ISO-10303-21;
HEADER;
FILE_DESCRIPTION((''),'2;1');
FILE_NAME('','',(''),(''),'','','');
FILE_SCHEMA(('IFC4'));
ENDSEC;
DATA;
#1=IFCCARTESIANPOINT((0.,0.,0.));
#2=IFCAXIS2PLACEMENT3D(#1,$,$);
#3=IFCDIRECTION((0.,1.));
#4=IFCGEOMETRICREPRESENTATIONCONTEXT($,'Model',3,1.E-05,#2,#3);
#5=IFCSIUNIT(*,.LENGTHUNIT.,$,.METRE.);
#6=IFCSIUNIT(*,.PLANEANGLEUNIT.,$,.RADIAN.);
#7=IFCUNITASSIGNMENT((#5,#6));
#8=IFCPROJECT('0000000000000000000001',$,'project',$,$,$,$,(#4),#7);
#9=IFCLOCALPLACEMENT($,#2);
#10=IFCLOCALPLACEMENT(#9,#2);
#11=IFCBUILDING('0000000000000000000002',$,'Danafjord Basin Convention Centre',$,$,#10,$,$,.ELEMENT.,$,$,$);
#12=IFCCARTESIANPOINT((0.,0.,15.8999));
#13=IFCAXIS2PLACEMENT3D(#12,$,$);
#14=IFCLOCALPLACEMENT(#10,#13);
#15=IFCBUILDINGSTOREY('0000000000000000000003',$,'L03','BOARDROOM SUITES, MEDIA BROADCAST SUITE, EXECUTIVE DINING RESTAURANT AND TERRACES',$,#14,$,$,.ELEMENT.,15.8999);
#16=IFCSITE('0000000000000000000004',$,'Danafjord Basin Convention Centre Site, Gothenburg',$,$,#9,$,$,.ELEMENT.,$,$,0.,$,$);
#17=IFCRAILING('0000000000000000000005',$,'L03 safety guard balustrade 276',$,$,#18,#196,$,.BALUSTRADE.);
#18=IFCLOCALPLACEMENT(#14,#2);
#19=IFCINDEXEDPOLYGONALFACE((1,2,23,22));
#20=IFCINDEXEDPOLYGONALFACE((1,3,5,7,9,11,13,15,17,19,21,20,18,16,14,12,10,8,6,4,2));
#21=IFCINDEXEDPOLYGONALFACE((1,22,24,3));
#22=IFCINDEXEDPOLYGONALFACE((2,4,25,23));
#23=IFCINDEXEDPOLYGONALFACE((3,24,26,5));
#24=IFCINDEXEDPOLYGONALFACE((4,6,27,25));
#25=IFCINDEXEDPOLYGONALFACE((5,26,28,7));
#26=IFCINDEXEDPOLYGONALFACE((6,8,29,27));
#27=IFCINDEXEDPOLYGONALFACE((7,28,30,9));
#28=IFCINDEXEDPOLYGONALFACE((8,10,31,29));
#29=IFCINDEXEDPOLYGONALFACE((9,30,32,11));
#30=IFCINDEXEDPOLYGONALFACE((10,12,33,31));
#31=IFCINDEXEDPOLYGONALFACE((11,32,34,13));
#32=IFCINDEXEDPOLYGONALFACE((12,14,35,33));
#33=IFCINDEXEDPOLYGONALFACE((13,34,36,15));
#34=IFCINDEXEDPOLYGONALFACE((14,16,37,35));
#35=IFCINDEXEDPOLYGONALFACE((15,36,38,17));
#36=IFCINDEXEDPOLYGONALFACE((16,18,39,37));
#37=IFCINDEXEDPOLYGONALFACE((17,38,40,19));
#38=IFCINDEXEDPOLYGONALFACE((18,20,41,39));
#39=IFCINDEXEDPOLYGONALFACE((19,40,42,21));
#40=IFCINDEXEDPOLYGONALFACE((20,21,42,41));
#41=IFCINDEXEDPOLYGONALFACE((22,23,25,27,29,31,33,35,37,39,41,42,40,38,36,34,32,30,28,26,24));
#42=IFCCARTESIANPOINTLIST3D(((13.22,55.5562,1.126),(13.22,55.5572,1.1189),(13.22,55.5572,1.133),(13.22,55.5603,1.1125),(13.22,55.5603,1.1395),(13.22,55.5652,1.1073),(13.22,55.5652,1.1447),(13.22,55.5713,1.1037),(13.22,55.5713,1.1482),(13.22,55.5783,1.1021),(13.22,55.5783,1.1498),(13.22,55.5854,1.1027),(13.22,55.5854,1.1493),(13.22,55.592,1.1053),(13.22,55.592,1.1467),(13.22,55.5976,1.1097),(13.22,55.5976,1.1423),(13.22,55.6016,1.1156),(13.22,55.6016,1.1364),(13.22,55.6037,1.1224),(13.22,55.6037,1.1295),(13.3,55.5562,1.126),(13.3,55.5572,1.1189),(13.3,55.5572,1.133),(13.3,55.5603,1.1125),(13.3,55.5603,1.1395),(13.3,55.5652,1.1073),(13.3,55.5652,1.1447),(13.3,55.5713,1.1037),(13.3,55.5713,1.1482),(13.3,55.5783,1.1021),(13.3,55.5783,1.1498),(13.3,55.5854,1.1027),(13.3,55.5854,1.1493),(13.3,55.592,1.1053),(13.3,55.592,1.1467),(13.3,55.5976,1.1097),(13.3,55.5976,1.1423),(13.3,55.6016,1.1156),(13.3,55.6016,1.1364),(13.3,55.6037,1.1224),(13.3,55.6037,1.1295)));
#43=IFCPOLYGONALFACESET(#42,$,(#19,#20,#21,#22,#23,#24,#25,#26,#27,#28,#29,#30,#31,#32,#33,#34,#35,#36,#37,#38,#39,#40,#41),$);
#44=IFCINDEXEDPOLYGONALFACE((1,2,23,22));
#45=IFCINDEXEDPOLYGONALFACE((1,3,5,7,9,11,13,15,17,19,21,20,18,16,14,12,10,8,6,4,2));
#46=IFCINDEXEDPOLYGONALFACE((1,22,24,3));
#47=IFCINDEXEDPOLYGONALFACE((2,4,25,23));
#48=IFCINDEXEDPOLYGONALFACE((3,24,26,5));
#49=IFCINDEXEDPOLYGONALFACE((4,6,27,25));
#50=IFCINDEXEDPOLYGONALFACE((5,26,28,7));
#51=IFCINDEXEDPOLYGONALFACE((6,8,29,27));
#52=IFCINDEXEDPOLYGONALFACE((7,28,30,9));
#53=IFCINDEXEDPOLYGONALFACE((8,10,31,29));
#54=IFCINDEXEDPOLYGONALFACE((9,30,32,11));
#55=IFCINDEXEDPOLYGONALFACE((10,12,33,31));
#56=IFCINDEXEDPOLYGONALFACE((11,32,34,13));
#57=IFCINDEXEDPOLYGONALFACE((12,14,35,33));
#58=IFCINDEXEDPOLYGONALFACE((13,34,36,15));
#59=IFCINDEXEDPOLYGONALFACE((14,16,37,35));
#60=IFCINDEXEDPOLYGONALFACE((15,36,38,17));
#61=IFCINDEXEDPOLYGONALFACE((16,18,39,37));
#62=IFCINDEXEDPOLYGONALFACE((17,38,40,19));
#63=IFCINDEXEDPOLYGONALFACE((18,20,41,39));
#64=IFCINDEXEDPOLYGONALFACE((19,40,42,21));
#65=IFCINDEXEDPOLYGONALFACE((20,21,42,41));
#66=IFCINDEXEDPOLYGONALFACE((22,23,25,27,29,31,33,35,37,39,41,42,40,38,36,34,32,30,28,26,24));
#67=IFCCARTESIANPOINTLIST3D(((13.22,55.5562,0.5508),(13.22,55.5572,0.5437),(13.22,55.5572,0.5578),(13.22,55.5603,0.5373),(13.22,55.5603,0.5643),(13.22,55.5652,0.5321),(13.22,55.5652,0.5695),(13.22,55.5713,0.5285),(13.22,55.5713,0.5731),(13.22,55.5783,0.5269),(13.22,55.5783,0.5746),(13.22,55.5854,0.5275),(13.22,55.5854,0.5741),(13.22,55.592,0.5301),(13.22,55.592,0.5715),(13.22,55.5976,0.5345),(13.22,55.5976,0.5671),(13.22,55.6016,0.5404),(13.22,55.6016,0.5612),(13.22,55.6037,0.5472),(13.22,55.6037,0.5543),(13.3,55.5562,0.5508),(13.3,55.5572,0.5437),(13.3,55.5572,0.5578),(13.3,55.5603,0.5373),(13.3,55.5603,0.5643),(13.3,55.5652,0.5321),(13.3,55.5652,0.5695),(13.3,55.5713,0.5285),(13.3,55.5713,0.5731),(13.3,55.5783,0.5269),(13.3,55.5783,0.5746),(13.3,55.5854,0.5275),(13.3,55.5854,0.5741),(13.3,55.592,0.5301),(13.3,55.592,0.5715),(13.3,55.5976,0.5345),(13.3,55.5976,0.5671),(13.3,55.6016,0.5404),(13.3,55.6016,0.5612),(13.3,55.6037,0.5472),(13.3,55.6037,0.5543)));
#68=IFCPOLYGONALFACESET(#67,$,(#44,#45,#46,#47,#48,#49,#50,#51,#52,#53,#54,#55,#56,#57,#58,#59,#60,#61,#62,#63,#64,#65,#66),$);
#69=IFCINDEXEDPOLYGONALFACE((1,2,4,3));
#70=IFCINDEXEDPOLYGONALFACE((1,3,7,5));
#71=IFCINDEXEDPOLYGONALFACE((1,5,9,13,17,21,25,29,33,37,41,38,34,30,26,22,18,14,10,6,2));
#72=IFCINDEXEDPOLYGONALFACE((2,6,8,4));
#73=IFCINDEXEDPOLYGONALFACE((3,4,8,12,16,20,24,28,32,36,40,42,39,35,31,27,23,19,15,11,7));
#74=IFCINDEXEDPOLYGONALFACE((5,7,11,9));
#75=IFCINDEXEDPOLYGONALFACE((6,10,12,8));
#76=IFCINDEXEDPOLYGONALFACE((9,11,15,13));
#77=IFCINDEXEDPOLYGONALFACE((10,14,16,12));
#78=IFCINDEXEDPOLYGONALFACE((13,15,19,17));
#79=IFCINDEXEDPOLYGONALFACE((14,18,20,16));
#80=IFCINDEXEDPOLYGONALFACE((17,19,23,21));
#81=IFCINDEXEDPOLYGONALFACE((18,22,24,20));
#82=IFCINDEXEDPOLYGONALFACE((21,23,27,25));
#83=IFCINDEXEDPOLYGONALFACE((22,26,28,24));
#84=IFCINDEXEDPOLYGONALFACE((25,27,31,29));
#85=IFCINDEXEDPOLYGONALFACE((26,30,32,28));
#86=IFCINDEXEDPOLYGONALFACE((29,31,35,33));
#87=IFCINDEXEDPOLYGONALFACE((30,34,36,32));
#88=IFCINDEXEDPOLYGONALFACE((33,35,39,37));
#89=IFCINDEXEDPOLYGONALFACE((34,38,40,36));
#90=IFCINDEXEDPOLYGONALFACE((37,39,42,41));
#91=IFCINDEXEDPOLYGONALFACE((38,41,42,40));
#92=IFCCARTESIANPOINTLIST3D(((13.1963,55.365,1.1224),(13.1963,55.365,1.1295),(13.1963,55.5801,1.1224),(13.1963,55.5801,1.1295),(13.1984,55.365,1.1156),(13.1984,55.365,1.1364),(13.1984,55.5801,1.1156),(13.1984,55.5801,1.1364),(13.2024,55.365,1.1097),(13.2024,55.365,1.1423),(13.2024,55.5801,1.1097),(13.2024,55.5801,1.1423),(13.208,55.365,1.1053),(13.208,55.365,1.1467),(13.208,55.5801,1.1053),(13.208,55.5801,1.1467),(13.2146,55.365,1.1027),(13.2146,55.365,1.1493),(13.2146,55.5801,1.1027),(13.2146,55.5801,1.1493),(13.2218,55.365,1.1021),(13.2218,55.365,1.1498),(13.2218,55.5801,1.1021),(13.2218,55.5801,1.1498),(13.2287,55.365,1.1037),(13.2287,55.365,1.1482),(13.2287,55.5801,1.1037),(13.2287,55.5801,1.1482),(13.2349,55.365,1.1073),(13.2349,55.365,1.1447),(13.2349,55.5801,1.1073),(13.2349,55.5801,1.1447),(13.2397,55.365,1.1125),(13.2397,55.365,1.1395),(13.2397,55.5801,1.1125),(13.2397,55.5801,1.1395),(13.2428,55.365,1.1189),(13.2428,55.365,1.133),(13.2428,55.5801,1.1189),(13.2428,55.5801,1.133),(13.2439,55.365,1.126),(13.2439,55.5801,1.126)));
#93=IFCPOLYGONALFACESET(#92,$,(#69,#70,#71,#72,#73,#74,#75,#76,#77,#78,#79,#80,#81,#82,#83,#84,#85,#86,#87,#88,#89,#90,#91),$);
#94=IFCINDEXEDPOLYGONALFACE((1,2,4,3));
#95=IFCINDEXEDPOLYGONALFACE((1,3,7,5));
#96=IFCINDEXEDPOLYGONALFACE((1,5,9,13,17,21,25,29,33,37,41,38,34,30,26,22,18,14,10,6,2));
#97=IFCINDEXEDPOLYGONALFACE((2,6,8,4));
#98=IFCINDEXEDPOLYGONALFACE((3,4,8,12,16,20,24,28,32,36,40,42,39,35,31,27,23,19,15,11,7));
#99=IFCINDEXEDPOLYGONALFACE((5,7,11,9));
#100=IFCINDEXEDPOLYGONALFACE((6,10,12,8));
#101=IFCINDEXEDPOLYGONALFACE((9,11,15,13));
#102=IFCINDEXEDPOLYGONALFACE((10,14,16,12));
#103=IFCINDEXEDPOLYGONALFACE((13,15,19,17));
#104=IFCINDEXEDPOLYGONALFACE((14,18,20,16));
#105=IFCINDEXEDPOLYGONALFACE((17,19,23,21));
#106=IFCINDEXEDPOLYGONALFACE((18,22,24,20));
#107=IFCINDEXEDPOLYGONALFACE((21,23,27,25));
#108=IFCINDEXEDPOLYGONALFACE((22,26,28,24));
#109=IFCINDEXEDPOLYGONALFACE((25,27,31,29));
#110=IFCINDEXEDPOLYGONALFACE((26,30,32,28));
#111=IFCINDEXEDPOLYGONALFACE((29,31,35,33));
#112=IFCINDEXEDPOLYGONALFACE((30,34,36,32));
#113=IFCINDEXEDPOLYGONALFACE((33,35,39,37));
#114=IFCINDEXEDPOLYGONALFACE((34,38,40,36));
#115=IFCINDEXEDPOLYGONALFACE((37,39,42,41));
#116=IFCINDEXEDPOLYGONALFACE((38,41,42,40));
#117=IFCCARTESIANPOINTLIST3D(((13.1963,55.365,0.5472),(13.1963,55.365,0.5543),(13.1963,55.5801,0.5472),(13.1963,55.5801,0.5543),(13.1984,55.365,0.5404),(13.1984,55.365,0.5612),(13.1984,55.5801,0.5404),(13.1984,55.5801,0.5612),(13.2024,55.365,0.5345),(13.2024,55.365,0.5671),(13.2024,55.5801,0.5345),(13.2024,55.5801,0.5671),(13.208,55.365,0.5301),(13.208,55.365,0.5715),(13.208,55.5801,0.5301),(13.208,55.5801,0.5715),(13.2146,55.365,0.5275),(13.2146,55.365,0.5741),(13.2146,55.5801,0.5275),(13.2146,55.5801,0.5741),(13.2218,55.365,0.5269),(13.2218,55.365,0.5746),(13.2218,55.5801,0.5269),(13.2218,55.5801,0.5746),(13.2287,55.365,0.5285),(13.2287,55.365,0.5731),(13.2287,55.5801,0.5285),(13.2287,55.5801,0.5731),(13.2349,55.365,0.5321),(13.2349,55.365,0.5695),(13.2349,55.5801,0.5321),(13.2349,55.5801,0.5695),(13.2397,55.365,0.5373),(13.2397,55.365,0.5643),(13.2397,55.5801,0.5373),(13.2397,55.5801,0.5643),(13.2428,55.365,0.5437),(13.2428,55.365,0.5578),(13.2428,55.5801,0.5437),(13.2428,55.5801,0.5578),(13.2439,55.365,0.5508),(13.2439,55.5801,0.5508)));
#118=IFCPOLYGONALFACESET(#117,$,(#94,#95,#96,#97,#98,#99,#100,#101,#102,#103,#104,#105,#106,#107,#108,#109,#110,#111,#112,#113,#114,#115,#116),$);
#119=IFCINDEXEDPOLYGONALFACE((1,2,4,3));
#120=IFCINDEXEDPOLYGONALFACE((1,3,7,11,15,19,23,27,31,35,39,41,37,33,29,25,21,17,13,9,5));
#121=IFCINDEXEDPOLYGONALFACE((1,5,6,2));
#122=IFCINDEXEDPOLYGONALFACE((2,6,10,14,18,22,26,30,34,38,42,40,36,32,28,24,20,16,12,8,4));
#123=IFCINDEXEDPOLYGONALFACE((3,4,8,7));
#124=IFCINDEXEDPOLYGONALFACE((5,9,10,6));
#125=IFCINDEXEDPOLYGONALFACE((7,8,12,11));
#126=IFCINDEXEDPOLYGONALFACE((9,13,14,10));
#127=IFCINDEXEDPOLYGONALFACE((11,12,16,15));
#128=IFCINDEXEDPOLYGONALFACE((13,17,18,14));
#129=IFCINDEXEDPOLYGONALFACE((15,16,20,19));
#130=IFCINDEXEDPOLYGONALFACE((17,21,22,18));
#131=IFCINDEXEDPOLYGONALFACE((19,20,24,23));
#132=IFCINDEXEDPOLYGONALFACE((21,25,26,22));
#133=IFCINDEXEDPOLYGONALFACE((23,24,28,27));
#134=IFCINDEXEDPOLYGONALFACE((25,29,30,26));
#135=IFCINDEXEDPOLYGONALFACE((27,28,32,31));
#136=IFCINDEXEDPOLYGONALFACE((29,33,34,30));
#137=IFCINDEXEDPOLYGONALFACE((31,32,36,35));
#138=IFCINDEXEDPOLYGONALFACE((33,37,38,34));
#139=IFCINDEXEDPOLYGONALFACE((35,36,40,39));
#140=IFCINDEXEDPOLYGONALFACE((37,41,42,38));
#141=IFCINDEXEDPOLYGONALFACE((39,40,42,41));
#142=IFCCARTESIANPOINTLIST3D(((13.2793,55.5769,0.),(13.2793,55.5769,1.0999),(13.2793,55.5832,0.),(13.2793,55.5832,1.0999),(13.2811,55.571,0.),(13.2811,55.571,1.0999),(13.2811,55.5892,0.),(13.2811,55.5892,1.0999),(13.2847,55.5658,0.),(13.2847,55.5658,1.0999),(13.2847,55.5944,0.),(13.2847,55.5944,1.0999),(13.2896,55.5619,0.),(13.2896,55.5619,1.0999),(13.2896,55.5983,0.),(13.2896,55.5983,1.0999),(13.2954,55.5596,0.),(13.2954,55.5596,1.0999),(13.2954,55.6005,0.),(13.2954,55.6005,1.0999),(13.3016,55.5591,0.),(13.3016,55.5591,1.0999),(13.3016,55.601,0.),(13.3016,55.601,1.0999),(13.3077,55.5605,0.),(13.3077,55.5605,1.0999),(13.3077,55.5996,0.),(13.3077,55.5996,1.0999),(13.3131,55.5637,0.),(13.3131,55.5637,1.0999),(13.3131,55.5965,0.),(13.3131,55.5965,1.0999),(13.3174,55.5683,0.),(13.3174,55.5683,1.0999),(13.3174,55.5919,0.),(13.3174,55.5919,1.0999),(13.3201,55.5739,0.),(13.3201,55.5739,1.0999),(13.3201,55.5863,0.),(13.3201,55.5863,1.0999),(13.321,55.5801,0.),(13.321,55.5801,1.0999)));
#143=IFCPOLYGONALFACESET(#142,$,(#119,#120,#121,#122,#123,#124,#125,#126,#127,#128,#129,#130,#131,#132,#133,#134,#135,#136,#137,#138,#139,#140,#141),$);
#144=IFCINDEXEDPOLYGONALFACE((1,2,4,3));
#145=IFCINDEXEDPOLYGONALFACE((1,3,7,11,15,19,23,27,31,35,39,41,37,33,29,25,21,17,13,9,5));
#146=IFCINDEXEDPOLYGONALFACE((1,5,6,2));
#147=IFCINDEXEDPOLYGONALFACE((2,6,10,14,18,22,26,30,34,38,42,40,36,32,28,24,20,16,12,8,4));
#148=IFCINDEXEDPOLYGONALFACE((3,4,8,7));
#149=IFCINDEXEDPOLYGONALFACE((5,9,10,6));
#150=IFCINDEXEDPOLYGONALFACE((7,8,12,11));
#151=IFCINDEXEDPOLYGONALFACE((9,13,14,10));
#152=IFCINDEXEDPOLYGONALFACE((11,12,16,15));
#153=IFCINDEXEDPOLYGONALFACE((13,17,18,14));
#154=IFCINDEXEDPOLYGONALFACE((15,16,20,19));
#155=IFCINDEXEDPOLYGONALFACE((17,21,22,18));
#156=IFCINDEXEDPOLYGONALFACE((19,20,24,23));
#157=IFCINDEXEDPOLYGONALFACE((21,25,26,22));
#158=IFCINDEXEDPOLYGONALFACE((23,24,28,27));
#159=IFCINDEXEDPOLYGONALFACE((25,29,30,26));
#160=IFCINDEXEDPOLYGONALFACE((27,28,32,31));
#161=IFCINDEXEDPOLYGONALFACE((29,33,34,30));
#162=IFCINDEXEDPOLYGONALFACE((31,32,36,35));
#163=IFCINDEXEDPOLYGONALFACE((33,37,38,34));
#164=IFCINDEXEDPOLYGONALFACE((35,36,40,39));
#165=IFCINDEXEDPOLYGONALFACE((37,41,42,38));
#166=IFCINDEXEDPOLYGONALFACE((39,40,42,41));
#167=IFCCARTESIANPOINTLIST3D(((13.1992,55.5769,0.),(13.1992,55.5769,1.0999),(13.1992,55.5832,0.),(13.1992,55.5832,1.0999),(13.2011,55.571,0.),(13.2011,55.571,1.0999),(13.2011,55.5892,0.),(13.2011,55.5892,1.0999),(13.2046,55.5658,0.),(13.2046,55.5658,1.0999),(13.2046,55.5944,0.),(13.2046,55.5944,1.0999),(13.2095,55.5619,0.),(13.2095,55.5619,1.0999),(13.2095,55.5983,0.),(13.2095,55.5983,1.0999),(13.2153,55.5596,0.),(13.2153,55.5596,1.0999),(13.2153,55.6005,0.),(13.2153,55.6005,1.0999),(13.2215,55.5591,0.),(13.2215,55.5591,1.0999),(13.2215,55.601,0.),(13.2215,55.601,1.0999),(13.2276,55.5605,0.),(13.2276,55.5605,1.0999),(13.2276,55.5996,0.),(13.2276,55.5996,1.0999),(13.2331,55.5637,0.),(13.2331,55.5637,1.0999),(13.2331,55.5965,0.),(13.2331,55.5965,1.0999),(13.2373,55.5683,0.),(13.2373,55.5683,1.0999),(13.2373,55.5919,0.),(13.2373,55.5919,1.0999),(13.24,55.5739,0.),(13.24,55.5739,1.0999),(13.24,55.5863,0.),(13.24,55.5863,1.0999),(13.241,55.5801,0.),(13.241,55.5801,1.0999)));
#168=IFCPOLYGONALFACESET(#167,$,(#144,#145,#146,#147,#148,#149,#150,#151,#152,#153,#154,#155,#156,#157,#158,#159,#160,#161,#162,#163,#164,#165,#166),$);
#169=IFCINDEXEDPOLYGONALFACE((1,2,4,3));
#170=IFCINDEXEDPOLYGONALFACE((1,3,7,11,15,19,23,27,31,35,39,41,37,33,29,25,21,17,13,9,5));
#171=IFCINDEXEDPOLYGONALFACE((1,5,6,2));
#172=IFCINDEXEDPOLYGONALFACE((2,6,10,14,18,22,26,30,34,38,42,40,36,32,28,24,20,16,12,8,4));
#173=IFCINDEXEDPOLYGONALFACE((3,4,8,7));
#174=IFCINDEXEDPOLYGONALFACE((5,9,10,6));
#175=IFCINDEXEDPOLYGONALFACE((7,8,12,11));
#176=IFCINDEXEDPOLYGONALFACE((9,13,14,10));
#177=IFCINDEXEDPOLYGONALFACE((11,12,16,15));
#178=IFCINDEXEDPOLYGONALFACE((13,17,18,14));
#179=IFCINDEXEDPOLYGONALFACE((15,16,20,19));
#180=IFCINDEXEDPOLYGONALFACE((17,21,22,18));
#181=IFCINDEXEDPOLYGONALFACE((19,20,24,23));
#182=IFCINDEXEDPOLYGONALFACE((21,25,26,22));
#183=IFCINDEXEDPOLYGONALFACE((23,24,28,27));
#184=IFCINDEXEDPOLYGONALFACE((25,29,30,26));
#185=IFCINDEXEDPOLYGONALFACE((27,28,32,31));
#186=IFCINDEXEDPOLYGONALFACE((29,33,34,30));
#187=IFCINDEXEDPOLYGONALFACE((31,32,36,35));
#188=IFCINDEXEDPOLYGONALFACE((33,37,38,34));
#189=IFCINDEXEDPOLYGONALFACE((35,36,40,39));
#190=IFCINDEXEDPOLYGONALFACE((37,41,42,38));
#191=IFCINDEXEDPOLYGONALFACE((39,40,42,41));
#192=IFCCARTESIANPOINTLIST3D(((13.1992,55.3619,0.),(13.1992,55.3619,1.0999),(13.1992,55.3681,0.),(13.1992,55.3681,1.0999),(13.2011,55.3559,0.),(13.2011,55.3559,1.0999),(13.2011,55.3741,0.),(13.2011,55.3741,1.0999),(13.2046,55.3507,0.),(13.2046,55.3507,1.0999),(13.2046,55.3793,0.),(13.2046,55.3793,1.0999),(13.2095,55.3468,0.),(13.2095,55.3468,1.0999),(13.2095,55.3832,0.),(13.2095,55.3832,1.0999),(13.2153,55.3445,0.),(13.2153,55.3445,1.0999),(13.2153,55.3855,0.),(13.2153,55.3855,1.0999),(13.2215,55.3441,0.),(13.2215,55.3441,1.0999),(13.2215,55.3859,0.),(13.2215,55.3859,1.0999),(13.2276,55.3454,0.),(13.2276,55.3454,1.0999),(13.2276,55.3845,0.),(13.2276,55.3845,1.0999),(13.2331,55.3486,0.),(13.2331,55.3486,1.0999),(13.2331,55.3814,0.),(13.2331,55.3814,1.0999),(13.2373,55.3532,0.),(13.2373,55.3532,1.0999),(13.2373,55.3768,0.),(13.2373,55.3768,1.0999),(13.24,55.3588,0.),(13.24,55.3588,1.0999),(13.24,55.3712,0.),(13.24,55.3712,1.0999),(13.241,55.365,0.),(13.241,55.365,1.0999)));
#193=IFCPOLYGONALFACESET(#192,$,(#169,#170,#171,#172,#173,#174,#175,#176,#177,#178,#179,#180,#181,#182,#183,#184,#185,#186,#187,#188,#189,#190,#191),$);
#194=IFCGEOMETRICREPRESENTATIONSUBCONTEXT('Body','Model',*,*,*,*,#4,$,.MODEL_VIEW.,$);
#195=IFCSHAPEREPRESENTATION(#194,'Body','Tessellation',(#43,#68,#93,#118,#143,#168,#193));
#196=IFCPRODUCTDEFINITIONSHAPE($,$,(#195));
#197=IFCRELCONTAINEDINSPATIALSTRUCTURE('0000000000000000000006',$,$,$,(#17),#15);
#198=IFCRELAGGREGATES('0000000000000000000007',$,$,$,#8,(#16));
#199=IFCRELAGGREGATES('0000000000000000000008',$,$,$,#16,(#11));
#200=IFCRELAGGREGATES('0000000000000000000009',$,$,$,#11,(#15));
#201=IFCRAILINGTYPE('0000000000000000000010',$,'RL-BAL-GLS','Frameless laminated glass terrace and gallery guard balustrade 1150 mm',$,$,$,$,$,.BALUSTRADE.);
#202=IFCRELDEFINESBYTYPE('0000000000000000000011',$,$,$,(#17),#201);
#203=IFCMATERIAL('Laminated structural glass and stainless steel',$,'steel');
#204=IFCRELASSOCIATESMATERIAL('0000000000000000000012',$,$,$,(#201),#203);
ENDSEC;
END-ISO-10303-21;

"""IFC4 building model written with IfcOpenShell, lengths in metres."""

from ifc_helpers import new_model, si_unit, direction, frame, origin, origin_2d, place, context, subcontext, project, spatial, circle, extrude, material, type_object, element, save


model = new_model("IFC4")

# Units and contexts
model_context = context("Model", 3, precision=1e-05, world=origin(), true_north=direction((0.0, 1.0)))
body_context = subcontext(model_context, "Body", "Model", "MODEL_VIEW")
ifc_project = project(units=[si_unit("LENGTHUNIT", "METRE"), si_unit("PLANEANGLEUNIT", "RADIAN")], contexts=[model_context])

# Site, building, storey
site_placement = place(None, origin())
site = spatial("IfcSite", under=ifc_project, at=site_placement, Name="Danafjord Basin Convention Centre Site, Gothenburg", CompositionType="ELEMENT", RefElevation=0.0)
building_placement = place(site_placement, origin())
building = spatial("IfcBuilding", under=site, at=building_placement, Name="Danafjord Basin Convention Centre", CompositionType="ELEMENT")
storey_placement = place(building_placement, frame((0.0, 0.0, 15.8999)))
storey = spatial("IfcBuildingStorey", under=building, at=storey_placement, Name="L03", Description="BOARDROOM SUITES, MEDIA BROADCAST SUITE, EXECUTIVE DINING RESTAURANT AND TERRACES", CompositionType="ELEMENT", Elevation=15.8999)

# Railing
ifc_material_1 = material(Name="Laminated structural glass and stainless steel", Category="steel")
railing_type_1 = type_object("IfcRailingType", Name="RL-BAL-GLS", Description="Frameless laminated glass terrace and gallery guard balustrade 1150 mm", PredefinedType="BALUSTRADE", material=ifc_material_1)
railing_1_placement = place(storey_placement, frame((13.3, 55.5801, 0.0)))
element("IfcRailing", 1, at=railing_1_placement, inside=storey, type_object=railing_type_1, Name="L03 safety guard balustrade 276", PredefinedType="BALUSTRADE", context=body_context, shape_type="SweptSolid", body=[
    extrude(circle(Radius=0.0239, at=origin_2d()), frame((0.0, 0.0, 1.126), z_axis=(-1.0, 0.0, 0.0), x_axis=(0.0, -1.0, 0.0)), (0.0, 0.0, 1.0), 0.0801),
    extrude(circle(Radius=0.0239, at=origin_2d()), frame((0.0, 0.0, 0.5508), z_axis=(-1.0, 0.0, 0.0), x_axis=(0.0, -1.0, 0.0)), (0.0, 0.0, 1.0), 0.0801),
    extrude(circle(Radius=0.0239, at=origin_2d()), frame((-0.0801, 0.0, 1.126), z_axis=(0.0, -1.0, 0.0), x_axis=(1.0, 0.0, 0.0)), (0.0, 0.0, 1.0), 0.2151),
    extrude(circle(Radius=0.0239, at=origin_2d()), frame((-0.0801, 0.0, 0.5508), z_axis=(0.0, -1.0, 0.0), x_axis=(1.0, 0.0, 0.0)), (0.0, 0.0, 1.0), 0.2151),
    extrude(circle(Radius=0.021, at=origin_2d()), origin(), (0.0, 0.0, 1.0), 1.0999),
    extrude(circle(Radius=0.021, at=origin_2d()), frame((-0.0801, 0.0, 0.0)), (0.0, 0.0, 1.0), 1.0999),
    extrude(circle(Radius=0.021, at=origin_2d()), frame((-0.0801, -0.2151, 0.0)), (0.0, 0.0, 1.0), 1.0999),
])

save(model, "model.ifc")
